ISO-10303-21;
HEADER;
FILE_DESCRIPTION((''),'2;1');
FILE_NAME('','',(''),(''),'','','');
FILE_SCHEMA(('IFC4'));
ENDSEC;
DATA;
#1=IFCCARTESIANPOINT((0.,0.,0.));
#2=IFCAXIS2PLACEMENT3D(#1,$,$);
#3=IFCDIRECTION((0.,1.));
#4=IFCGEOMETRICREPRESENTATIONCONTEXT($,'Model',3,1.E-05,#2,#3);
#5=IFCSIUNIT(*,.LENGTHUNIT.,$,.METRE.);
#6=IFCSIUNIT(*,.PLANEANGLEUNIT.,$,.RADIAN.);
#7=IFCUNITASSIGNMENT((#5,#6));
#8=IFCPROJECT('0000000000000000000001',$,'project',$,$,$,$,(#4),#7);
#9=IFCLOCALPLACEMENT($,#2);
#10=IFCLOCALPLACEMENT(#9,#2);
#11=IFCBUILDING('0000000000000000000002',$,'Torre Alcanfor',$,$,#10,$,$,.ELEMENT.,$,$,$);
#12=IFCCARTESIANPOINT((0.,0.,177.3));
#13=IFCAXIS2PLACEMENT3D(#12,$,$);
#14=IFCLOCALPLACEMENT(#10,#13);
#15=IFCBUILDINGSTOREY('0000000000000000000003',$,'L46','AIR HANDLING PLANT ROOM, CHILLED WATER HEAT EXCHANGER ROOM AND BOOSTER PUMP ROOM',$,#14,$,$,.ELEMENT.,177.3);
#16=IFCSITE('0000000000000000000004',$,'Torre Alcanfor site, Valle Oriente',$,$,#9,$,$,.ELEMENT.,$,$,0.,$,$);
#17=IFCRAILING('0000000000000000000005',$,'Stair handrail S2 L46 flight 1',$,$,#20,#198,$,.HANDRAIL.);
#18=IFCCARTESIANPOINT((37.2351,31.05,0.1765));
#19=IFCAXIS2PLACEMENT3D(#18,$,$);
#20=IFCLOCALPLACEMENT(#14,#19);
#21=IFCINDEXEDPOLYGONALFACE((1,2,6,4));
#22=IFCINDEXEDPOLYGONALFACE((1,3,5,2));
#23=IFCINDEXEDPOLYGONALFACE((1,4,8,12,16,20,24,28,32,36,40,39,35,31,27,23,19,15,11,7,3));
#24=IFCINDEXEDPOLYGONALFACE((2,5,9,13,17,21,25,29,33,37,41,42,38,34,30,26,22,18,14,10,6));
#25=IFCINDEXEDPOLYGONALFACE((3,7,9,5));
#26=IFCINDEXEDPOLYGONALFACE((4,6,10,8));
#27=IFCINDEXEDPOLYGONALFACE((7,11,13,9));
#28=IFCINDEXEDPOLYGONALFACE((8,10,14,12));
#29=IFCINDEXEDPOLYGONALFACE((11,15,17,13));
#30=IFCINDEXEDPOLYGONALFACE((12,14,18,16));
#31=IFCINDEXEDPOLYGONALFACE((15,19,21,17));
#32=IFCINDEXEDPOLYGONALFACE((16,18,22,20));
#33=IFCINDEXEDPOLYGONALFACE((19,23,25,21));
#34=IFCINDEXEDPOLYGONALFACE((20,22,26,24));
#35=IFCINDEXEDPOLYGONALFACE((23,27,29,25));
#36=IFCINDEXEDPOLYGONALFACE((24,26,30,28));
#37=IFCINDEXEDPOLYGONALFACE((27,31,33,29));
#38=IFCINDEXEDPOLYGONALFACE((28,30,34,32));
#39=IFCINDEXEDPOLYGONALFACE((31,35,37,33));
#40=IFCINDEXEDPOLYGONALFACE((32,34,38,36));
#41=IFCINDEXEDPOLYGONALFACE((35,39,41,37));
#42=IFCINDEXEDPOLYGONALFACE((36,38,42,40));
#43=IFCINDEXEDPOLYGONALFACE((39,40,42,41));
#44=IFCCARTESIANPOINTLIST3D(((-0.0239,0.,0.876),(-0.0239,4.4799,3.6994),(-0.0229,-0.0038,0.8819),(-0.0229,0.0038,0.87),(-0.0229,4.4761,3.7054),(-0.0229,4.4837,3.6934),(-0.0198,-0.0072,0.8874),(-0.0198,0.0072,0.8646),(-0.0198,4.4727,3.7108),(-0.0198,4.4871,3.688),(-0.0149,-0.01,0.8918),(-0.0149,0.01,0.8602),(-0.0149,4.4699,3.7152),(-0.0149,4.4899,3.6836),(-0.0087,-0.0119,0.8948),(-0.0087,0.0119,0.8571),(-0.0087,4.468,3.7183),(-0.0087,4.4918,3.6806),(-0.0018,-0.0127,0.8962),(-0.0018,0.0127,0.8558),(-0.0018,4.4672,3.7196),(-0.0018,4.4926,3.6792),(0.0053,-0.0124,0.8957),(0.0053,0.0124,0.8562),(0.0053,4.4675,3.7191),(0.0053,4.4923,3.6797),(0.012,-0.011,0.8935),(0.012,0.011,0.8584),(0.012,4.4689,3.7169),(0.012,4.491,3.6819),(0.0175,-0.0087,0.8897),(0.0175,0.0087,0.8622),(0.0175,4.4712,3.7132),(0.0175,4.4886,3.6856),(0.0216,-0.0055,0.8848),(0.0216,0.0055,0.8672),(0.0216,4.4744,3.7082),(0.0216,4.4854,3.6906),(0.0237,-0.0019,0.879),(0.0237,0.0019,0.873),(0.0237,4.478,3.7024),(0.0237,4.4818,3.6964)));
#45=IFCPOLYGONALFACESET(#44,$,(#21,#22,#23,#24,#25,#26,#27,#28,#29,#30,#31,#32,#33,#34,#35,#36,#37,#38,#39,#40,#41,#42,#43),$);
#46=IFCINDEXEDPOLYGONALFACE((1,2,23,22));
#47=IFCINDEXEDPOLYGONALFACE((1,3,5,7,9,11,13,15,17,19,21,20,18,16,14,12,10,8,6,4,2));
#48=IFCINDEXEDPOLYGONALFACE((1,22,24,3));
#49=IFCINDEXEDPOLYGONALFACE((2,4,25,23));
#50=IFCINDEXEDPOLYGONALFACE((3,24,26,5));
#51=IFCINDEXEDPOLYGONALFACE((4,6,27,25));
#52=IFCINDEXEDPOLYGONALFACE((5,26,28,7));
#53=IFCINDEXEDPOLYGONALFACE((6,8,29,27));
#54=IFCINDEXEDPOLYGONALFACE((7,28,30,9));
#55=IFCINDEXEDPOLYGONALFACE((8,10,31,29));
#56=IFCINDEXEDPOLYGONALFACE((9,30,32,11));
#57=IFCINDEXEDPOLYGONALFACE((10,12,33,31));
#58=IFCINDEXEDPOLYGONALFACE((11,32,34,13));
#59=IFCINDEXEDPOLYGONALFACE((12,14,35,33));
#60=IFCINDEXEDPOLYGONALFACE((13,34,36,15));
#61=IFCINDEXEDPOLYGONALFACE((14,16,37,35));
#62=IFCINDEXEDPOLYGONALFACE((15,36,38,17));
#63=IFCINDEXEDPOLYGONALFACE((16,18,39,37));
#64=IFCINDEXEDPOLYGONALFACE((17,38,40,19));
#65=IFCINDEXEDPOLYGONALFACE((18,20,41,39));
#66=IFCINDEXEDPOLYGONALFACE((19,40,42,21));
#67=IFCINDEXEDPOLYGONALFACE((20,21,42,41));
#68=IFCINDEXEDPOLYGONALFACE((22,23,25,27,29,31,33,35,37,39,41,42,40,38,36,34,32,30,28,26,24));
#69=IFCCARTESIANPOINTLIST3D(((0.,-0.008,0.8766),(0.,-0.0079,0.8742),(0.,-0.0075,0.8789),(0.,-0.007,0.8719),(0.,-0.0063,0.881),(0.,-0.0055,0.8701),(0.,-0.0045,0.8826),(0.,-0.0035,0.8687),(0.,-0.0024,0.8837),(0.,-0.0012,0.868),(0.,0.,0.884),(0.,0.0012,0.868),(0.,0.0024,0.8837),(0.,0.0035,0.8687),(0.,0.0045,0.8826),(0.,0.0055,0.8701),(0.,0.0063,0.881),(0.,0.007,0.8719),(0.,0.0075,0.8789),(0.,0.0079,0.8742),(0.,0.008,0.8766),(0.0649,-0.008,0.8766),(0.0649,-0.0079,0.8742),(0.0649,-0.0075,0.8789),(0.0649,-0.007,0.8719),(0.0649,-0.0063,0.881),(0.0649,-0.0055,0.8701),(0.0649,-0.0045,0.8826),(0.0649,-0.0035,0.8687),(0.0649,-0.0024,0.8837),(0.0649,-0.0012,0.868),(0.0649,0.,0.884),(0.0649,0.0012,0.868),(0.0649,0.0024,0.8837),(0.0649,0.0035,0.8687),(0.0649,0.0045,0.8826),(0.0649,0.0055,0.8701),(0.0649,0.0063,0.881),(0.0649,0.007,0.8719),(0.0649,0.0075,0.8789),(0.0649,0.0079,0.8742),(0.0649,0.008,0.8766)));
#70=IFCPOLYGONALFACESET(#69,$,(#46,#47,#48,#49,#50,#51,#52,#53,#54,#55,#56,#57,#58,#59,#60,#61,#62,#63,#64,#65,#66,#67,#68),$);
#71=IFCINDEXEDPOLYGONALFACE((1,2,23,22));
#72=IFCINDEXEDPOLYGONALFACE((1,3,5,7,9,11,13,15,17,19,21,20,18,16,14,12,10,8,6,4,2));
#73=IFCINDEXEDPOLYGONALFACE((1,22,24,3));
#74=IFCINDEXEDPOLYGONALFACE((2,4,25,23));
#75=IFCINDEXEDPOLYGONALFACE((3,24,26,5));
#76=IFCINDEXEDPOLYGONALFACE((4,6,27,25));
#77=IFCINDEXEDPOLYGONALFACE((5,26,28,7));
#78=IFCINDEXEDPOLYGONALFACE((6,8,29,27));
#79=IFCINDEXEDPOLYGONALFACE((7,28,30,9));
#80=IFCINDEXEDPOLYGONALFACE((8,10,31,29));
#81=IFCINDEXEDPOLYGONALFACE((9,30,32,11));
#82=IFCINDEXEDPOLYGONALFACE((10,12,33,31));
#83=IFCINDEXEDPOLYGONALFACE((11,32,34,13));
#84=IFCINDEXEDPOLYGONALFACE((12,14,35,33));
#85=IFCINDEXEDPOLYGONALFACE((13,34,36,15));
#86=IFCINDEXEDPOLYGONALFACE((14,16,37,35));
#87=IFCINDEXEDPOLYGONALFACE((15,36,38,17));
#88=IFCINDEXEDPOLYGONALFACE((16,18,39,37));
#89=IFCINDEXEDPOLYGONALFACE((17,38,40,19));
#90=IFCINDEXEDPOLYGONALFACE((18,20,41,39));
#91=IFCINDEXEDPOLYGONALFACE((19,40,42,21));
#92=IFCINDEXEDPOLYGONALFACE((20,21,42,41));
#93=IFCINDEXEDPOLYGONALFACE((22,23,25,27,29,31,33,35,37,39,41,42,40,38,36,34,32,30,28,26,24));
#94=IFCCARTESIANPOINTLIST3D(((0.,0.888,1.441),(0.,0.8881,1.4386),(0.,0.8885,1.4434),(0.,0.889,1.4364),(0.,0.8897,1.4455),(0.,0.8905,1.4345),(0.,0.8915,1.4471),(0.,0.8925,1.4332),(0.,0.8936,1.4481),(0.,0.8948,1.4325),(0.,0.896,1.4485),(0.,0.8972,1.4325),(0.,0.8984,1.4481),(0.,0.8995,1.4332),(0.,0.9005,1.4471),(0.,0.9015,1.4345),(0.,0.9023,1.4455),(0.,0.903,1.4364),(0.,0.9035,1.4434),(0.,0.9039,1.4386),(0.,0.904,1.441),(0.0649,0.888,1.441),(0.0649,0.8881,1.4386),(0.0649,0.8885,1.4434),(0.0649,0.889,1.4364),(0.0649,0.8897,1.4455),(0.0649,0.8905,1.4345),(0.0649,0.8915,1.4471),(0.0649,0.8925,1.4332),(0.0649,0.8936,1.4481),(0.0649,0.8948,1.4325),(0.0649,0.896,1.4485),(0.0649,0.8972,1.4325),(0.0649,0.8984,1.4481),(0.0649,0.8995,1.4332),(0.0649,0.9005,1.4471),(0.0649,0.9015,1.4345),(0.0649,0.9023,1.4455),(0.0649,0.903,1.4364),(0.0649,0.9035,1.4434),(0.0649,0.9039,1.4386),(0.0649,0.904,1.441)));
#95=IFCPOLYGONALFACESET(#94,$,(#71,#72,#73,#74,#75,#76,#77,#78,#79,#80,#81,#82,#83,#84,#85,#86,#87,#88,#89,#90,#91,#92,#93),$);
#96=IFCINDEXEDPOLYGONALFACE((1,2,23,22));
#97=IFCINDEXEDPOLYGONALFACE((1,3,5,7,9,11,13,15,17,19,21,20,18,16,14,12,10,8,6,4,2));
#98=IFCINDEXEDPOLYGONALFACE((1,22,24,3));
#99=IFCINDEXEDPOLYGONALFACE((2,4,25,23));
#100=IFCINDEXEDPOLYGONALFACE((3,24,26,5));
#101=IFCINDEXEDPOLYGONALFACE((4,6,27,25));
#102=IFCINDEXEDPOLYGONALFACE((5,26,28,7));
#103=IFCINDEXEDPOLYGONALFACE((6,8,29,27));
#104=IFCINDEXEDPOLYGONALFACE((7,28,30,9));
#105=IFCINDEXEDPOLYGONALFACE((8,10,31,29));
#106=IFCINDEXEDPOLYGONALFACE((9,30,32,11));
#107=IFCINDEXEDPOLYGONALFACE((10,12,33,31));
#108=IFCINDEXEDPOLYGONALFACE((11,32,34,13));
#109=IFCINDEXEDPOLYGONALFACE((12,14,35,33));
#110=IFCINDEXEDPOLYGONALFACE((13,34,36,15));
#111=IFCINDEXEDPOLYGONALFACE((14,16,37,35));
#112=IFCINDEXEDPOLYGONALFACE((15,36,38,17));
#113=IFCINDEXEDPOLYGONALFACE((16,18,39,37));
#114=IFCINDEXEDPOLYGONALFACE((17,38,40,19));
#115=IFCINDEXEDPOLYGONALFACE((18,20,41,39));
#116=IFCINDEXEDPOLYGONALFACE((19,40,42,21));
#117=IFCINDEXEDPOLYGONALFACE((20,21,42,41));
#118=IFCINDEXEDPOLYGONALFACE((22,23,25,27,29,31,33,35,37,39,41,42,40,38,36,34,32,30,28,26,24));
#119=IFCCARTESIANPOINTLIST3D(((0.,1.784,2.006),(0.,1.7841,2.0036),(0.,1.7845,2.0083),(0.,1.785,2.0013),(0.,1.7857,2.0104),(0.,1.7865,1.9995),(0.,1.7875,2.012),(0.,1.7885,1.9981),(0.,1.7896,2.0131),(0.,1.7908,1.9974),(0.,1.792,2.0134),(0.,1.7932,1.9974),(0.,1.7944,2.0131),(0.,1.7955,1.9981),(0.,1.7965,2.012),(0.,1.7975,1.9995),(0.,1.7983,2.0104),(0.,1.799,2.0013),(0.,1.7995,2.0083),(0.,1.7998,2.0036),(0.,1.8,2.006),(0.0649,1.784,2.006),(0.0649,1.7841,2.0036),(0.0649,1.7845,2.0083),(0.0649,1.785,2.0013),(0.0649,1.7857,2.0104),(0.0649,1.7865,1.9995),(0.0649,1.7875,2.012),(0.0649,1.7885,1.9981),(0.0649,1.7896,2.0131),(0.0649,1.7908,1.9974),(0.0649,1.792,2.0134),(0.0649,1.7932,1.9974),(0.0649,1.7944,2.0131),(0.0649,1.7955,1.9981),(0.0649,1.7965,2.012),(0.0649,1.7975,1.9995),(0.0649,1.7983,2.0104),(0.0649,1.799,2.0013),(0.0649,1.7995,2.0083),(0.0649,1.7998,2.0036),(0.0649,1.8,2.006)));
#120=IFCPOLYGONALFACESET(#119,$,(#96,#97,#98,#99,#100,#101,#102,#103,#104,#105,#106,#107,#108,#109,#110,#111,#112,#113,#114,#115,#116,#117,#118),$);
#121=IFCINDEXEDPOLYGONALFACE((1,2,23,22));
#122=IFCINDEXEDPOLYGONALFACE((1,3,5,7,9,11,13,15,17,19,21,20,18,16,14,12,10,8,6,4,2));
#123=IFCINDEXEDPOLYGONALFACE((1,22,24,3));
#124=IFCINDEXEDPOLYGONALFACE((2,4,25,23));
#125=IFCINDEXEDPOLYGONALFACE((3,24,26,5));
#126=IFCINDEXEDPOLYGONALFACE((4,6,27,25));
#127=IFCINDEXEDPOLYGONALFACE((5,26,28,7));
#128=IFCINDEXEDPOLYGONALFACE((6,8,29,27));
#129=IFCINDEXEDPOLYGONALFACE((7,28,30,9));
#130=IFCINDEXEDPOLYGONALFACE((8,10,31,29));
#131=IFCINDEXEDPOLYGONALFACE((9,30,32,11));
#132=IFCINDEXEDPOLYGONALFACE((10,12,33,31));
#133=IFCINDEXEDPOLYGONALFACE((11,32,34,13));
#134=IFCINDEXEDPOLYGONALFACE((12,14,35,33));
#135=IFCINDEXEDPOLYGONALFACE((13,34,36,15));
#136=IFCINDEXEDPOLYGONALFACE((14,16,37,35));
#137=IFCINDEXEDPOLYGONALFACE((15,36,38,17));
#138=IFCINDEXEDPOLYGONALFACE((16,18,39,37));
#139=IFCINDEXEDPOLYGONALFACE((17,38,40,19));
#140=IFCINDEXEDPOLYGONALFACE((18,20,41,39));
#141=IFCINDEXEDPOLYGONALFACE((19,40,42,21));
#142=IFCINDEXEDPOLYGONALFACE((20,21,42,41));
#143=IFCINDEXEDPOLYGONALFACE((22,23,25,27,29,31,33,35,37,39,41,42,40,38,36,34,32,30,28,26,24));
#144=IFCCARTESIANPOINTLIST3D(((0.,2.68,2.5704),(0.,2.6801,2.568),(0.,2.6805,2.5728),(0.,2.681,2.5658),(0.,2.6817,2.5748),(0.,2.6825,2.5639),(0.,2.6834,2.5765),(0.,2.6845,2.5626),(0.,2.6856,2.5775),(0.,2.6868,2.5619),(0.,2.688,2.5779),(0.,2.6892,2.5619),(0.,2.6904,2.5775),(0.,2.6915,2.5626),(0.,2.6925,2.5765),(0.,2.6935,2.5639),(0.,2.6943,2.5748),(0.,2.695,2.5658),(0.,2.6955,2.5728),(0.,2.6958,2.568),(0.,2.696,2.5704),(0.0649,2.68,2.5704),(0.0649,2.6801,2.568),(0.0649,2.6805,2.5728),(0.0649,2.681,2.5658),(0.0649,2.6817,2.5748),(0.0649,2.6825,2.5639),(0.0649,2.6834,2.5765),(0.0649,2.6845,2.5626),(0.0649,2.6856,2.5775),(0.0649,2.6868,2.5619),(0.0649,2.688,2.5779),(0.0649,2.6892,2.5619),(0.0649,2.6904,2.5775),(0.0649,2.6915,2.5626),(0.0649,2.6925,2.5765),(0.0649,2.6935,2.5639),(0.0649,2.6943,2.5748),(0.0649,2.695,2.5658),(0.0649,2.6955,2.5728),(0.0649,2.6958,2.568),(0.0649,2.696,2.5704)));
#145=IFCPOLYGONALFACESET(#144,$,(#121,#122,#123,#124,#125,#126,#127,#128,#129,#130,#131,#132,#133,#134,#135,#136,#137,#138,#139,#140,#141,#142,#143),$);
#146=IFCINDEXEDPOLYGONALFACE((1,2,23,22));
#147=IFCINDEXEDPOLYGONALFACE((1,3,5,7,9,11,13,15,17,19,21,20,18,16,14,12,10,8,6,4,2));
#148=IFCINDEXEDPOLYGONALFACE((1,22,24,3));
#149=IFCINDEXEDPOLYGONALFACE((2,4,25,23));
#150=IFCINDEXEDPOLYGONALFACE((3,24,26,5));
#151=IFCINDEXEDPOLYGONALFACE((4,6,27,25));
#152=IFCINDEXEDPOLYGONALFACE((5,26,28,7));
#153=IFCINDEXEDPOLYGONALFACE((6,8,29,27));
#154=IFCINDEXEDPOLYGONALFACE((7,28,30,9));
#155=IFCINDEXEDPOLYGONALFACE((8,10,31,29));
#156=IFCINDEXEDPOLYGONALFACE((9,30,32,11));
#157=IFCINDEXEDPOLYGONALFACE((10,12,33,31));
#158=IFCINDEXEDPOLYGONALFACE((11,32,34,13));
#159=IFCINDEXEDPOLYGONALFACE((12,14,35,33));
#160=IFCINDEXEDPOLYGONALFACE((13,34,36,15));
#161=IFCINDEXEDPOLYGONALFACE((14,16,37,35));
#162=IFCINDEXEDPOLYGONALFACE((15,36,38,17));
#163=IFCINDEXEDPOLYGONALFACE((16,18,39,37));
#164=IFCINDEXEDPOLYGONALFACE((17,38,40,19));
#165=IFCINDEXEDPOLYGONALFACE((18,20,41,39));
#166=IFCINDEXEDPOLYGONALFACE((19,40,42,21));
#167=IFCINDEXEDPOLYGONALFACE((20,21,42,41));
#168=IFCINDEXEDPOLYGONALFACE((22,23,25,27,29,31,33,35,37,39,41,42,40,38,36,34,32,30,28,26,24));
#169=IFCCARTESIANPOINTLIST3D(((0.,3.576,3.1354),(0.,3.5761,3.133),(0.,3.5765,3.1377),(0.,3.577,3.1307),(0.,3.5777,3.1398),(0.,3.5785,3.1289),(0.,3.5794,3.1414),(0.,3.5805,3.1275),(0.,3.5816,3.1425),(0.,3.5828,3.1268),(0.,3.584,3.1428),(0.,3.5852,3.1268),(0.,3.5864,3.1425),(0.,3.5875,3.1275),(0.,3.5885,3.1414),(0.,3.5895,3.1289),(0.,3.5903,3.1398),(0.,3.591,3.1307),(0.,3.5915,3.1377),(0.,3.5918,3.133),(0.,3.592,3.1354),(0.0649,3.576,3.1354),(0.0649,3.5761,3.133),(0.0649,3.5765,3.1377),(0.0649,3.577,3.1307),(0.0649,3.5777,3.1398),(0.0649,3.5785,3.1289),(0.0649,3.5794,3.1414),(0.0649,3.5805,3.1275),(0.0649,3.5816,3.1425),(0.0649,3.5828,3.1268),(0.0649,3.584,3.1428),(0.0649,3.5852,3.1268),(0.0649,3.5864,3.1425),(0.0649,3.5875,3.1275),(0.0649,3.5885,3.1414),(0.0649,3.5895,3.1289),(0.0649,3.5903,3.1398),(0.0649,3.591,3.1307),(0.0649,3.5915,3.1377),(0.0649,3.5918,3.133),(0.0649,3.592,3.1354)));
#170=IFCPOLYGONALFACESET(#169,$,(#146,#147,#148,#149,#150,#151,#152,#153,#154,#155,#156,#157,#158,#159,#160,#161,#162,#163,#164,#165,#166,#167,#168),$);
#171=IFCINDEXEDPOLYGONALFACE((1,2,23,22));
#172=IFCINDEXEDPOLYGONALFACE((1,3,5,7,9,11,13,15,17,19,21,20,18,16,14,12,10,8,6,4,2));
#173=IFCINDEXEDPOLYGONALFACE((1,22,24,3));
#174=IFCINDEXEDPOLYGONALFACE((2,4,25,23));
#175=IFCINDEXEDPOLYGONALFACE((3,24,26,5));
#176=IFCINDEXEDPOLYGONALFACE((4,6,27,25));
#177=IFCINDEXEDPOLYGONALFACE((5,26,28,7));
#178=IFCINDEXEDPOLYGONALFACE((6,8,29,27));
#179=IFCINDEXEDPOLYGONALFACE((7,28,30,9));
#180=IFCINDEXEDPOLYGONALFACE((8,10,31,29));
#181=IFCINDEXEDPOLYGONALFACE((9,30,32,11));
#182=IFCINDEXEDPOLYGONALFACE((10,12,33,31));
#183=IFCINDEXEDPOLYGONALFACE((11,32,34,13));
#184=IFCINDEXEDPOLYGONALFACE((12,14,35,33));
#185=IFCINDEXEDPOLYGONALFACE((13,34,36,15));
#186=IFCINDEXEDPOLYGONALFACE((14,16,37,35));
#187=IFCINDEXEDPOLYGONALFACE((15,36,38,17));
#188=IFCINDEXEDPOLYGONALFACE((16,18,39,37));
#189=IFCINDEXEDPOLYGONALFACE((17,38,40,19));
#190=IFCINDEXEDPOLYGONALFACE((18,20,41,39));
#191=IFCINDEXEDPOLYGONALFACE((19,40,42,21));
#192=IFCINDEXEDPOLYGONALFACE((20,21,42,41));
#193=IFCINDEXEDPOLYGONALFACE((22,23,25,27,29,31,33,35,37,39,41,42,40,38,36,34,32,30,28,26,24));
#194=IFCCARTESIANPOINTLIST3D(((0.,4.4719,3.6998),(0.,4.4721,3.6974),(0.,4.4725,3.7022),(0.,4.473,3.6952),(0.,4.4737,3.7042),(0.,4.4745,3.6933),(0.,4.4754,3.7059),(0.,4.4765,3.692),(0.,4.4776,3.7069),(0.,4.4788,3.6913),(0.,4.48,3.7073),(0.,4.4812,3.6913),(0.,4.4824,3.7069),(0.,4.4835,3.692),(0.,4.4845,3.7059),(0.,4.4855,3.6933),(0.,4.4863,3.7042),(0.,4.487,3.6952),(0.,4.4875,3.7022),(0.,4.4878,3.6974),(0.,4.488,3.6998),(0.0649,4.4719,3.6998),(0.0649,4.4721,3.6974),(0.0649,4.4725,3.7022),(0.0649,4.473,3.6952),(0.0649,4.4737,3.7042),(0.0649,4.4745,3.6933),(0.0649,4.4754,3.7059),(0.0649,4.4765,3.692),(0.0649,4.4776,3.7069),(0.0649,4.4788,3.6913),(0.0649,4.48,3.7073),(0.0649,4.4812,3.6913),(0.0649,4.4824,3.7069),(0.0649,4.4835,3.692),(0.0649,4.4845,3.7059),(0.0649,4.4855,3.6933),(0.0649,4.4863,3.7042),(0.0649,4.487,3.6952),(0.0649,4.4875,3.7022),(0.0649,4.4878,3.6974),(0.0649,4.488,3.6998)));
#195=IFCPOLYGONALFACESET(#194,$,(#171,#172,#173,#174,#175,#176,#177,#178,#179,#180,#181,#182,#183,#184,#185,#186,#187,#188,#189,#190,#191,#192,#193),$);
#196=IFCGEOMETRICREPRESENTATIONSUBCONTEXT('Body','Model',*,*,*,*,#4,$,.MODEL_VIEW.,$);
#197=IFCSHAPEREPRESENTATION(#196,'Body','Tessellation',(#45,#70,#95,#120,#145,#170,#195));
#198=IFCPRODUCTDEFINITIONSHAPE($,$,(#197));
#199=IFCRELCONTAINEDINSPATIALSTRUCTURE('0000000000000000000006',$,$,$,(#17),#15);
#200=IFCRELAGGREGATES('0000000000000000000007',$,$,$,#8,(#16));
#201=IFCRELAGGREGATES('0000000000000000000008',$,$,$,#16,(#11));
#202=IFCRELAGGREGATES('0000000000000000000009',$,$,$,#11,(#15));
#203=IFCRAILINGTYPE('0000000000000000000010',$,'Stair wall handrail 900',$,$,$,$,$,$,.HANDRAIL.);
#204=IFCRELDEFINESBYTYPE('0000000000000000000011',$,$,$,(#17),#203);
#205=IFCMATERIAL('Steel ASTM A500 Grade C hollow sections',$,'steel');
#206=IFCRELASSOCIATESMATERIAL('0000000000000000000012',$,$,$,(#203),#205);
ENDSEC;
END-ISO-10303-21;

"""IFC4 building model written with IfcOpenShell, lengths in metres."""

from ifc_helpers import new_model, si_unit, direction, frame, origin, origin_2d, place, context, subcontext, project, spatial, circle, extrude, material, type_object, element, save


model = new_model("IFC4")

# Units and contexts
model_context = context("Model", 3, precision=1e-05, world=origin(), true_north=direction((0.0, 1.0)))
body_context = subcontext(model_context, "Body", "Model", "MODEL_VIEW")
ifc_project = project(units=[si_unit("LENGTHUNIT", "METRE"), si_unit("PLANEANGLEUNIT", "RADIAN")], contexts=[model_context])

# Site, building, storey
site_placement = place(None, origin())
site = spatial("IfcSite", under=ifc_project, at=site_placement, Name="Torre Alcanfor site, Valle Oriente", CompositionType="ELEMENT", RefElevation=0.0)
building_placement = place(site_placement, origin())
building = spatial("IfcBuilding", under=site, at=building_placement, Name="Torre Alcanfor", CompositionType="ELEMENT")
storey_placement = place(building_placement, frame((0.0, 0.0, 177.3)))
storey = spatial("IfcBuildingStorey", under=building, at=storey_placement, Name="L46", Description="AIR HANDLING PLANT ROOM, CHILLED WATER HEAT EXCHANGER ROOM AND BOOSTER PUMP ROOM", CompositionType="ELEMENT", Elevation=177.3)

# Railing
ifc_material_1 = material(Name="Steel ASTM A500 Grade C hollow sections", Category="steel")
railing_type_1 = type_object("IfcRailingType", Name="Stair wall handrail 900", PredefinedType="HANDRAIL", material=ifc_material_1)
railing_1_placement = place(storey_placement, frame((37.2351, 31.05, 0.1765)))
element("IfcRailing", 1, at=railing_1_placement, inside=storey, type_object=railing_type_1, Name="Stair handrail S2 L46 flight 1", PredefinedType="HANDRAIL", context=body_context, shape_type="SweptSolid", body=[
    extrude(circle(Radius=0.0239, at=origin_2d()), frame((0.0, 0.0, 0.876), z_axis=(0.0, 0.845998, 0.533186), x_axis=(-1.0, 0.0, 0.0)), (0.0, 0.0, 1.0), 5.2954),
    extrude(circle(Radius=0.0081, at=origin_2d()), frame((0.0, 0.0, 0.876), z_axis=(1.0, 0.0, 0.0), x_axis=(0.0, 0.0, 1.0)), (0.0, 0.0, 1.0), 0.0649),
    extrude(circle(Radius=0.0081, at=origin_2d()), frame((0.0, 0.896, 1.4404), z_axis=(1.0, 0.0, 0.0), x_axis=(0.0, 0.0, 1.0)), (0.0, 0.0, 1.0), 0.0649),
    extrude(circle(Radius=0.0081, at=origin_2d()), frame((0.0, 1.792, 2.0054), z_axis=(1.0, 0.0, 0.0), x_axis=(0.0, 0.0, 1.0)), (0.0, 0.0, 1.0), 0.0649),
    extrude(circle(Radius=0.0081, at=origin_2d()), frame((0.0, 2.688, 2.5698), z_axis=(1.0, 0.0, 0.0), x_axis=(0.0, 0.0, 1.0)), (0.0, 0.0, 1.0), 0.0649),
    extrude(circle(Radius=0.0081, at=origin_2d()), frame((0.0, 3.584, 3.1348), z_axis=(1.0, 0.0, 0.0), x_axis=(0.0, 0.0, 1.0)), (0.0, 0.0, 1.0), 0.0649),
    extrude(circle(Radius=0.0081, at=origin_2d()), frame((0.0, 4.48, 3.6992), z_axis=(1.0, 0.0, 0.0), x_axis=(0.0, 0.0, 1.0)), (0.0, 0.0, 1.0), 0.0649),
])

save(model, "model.ifc")
